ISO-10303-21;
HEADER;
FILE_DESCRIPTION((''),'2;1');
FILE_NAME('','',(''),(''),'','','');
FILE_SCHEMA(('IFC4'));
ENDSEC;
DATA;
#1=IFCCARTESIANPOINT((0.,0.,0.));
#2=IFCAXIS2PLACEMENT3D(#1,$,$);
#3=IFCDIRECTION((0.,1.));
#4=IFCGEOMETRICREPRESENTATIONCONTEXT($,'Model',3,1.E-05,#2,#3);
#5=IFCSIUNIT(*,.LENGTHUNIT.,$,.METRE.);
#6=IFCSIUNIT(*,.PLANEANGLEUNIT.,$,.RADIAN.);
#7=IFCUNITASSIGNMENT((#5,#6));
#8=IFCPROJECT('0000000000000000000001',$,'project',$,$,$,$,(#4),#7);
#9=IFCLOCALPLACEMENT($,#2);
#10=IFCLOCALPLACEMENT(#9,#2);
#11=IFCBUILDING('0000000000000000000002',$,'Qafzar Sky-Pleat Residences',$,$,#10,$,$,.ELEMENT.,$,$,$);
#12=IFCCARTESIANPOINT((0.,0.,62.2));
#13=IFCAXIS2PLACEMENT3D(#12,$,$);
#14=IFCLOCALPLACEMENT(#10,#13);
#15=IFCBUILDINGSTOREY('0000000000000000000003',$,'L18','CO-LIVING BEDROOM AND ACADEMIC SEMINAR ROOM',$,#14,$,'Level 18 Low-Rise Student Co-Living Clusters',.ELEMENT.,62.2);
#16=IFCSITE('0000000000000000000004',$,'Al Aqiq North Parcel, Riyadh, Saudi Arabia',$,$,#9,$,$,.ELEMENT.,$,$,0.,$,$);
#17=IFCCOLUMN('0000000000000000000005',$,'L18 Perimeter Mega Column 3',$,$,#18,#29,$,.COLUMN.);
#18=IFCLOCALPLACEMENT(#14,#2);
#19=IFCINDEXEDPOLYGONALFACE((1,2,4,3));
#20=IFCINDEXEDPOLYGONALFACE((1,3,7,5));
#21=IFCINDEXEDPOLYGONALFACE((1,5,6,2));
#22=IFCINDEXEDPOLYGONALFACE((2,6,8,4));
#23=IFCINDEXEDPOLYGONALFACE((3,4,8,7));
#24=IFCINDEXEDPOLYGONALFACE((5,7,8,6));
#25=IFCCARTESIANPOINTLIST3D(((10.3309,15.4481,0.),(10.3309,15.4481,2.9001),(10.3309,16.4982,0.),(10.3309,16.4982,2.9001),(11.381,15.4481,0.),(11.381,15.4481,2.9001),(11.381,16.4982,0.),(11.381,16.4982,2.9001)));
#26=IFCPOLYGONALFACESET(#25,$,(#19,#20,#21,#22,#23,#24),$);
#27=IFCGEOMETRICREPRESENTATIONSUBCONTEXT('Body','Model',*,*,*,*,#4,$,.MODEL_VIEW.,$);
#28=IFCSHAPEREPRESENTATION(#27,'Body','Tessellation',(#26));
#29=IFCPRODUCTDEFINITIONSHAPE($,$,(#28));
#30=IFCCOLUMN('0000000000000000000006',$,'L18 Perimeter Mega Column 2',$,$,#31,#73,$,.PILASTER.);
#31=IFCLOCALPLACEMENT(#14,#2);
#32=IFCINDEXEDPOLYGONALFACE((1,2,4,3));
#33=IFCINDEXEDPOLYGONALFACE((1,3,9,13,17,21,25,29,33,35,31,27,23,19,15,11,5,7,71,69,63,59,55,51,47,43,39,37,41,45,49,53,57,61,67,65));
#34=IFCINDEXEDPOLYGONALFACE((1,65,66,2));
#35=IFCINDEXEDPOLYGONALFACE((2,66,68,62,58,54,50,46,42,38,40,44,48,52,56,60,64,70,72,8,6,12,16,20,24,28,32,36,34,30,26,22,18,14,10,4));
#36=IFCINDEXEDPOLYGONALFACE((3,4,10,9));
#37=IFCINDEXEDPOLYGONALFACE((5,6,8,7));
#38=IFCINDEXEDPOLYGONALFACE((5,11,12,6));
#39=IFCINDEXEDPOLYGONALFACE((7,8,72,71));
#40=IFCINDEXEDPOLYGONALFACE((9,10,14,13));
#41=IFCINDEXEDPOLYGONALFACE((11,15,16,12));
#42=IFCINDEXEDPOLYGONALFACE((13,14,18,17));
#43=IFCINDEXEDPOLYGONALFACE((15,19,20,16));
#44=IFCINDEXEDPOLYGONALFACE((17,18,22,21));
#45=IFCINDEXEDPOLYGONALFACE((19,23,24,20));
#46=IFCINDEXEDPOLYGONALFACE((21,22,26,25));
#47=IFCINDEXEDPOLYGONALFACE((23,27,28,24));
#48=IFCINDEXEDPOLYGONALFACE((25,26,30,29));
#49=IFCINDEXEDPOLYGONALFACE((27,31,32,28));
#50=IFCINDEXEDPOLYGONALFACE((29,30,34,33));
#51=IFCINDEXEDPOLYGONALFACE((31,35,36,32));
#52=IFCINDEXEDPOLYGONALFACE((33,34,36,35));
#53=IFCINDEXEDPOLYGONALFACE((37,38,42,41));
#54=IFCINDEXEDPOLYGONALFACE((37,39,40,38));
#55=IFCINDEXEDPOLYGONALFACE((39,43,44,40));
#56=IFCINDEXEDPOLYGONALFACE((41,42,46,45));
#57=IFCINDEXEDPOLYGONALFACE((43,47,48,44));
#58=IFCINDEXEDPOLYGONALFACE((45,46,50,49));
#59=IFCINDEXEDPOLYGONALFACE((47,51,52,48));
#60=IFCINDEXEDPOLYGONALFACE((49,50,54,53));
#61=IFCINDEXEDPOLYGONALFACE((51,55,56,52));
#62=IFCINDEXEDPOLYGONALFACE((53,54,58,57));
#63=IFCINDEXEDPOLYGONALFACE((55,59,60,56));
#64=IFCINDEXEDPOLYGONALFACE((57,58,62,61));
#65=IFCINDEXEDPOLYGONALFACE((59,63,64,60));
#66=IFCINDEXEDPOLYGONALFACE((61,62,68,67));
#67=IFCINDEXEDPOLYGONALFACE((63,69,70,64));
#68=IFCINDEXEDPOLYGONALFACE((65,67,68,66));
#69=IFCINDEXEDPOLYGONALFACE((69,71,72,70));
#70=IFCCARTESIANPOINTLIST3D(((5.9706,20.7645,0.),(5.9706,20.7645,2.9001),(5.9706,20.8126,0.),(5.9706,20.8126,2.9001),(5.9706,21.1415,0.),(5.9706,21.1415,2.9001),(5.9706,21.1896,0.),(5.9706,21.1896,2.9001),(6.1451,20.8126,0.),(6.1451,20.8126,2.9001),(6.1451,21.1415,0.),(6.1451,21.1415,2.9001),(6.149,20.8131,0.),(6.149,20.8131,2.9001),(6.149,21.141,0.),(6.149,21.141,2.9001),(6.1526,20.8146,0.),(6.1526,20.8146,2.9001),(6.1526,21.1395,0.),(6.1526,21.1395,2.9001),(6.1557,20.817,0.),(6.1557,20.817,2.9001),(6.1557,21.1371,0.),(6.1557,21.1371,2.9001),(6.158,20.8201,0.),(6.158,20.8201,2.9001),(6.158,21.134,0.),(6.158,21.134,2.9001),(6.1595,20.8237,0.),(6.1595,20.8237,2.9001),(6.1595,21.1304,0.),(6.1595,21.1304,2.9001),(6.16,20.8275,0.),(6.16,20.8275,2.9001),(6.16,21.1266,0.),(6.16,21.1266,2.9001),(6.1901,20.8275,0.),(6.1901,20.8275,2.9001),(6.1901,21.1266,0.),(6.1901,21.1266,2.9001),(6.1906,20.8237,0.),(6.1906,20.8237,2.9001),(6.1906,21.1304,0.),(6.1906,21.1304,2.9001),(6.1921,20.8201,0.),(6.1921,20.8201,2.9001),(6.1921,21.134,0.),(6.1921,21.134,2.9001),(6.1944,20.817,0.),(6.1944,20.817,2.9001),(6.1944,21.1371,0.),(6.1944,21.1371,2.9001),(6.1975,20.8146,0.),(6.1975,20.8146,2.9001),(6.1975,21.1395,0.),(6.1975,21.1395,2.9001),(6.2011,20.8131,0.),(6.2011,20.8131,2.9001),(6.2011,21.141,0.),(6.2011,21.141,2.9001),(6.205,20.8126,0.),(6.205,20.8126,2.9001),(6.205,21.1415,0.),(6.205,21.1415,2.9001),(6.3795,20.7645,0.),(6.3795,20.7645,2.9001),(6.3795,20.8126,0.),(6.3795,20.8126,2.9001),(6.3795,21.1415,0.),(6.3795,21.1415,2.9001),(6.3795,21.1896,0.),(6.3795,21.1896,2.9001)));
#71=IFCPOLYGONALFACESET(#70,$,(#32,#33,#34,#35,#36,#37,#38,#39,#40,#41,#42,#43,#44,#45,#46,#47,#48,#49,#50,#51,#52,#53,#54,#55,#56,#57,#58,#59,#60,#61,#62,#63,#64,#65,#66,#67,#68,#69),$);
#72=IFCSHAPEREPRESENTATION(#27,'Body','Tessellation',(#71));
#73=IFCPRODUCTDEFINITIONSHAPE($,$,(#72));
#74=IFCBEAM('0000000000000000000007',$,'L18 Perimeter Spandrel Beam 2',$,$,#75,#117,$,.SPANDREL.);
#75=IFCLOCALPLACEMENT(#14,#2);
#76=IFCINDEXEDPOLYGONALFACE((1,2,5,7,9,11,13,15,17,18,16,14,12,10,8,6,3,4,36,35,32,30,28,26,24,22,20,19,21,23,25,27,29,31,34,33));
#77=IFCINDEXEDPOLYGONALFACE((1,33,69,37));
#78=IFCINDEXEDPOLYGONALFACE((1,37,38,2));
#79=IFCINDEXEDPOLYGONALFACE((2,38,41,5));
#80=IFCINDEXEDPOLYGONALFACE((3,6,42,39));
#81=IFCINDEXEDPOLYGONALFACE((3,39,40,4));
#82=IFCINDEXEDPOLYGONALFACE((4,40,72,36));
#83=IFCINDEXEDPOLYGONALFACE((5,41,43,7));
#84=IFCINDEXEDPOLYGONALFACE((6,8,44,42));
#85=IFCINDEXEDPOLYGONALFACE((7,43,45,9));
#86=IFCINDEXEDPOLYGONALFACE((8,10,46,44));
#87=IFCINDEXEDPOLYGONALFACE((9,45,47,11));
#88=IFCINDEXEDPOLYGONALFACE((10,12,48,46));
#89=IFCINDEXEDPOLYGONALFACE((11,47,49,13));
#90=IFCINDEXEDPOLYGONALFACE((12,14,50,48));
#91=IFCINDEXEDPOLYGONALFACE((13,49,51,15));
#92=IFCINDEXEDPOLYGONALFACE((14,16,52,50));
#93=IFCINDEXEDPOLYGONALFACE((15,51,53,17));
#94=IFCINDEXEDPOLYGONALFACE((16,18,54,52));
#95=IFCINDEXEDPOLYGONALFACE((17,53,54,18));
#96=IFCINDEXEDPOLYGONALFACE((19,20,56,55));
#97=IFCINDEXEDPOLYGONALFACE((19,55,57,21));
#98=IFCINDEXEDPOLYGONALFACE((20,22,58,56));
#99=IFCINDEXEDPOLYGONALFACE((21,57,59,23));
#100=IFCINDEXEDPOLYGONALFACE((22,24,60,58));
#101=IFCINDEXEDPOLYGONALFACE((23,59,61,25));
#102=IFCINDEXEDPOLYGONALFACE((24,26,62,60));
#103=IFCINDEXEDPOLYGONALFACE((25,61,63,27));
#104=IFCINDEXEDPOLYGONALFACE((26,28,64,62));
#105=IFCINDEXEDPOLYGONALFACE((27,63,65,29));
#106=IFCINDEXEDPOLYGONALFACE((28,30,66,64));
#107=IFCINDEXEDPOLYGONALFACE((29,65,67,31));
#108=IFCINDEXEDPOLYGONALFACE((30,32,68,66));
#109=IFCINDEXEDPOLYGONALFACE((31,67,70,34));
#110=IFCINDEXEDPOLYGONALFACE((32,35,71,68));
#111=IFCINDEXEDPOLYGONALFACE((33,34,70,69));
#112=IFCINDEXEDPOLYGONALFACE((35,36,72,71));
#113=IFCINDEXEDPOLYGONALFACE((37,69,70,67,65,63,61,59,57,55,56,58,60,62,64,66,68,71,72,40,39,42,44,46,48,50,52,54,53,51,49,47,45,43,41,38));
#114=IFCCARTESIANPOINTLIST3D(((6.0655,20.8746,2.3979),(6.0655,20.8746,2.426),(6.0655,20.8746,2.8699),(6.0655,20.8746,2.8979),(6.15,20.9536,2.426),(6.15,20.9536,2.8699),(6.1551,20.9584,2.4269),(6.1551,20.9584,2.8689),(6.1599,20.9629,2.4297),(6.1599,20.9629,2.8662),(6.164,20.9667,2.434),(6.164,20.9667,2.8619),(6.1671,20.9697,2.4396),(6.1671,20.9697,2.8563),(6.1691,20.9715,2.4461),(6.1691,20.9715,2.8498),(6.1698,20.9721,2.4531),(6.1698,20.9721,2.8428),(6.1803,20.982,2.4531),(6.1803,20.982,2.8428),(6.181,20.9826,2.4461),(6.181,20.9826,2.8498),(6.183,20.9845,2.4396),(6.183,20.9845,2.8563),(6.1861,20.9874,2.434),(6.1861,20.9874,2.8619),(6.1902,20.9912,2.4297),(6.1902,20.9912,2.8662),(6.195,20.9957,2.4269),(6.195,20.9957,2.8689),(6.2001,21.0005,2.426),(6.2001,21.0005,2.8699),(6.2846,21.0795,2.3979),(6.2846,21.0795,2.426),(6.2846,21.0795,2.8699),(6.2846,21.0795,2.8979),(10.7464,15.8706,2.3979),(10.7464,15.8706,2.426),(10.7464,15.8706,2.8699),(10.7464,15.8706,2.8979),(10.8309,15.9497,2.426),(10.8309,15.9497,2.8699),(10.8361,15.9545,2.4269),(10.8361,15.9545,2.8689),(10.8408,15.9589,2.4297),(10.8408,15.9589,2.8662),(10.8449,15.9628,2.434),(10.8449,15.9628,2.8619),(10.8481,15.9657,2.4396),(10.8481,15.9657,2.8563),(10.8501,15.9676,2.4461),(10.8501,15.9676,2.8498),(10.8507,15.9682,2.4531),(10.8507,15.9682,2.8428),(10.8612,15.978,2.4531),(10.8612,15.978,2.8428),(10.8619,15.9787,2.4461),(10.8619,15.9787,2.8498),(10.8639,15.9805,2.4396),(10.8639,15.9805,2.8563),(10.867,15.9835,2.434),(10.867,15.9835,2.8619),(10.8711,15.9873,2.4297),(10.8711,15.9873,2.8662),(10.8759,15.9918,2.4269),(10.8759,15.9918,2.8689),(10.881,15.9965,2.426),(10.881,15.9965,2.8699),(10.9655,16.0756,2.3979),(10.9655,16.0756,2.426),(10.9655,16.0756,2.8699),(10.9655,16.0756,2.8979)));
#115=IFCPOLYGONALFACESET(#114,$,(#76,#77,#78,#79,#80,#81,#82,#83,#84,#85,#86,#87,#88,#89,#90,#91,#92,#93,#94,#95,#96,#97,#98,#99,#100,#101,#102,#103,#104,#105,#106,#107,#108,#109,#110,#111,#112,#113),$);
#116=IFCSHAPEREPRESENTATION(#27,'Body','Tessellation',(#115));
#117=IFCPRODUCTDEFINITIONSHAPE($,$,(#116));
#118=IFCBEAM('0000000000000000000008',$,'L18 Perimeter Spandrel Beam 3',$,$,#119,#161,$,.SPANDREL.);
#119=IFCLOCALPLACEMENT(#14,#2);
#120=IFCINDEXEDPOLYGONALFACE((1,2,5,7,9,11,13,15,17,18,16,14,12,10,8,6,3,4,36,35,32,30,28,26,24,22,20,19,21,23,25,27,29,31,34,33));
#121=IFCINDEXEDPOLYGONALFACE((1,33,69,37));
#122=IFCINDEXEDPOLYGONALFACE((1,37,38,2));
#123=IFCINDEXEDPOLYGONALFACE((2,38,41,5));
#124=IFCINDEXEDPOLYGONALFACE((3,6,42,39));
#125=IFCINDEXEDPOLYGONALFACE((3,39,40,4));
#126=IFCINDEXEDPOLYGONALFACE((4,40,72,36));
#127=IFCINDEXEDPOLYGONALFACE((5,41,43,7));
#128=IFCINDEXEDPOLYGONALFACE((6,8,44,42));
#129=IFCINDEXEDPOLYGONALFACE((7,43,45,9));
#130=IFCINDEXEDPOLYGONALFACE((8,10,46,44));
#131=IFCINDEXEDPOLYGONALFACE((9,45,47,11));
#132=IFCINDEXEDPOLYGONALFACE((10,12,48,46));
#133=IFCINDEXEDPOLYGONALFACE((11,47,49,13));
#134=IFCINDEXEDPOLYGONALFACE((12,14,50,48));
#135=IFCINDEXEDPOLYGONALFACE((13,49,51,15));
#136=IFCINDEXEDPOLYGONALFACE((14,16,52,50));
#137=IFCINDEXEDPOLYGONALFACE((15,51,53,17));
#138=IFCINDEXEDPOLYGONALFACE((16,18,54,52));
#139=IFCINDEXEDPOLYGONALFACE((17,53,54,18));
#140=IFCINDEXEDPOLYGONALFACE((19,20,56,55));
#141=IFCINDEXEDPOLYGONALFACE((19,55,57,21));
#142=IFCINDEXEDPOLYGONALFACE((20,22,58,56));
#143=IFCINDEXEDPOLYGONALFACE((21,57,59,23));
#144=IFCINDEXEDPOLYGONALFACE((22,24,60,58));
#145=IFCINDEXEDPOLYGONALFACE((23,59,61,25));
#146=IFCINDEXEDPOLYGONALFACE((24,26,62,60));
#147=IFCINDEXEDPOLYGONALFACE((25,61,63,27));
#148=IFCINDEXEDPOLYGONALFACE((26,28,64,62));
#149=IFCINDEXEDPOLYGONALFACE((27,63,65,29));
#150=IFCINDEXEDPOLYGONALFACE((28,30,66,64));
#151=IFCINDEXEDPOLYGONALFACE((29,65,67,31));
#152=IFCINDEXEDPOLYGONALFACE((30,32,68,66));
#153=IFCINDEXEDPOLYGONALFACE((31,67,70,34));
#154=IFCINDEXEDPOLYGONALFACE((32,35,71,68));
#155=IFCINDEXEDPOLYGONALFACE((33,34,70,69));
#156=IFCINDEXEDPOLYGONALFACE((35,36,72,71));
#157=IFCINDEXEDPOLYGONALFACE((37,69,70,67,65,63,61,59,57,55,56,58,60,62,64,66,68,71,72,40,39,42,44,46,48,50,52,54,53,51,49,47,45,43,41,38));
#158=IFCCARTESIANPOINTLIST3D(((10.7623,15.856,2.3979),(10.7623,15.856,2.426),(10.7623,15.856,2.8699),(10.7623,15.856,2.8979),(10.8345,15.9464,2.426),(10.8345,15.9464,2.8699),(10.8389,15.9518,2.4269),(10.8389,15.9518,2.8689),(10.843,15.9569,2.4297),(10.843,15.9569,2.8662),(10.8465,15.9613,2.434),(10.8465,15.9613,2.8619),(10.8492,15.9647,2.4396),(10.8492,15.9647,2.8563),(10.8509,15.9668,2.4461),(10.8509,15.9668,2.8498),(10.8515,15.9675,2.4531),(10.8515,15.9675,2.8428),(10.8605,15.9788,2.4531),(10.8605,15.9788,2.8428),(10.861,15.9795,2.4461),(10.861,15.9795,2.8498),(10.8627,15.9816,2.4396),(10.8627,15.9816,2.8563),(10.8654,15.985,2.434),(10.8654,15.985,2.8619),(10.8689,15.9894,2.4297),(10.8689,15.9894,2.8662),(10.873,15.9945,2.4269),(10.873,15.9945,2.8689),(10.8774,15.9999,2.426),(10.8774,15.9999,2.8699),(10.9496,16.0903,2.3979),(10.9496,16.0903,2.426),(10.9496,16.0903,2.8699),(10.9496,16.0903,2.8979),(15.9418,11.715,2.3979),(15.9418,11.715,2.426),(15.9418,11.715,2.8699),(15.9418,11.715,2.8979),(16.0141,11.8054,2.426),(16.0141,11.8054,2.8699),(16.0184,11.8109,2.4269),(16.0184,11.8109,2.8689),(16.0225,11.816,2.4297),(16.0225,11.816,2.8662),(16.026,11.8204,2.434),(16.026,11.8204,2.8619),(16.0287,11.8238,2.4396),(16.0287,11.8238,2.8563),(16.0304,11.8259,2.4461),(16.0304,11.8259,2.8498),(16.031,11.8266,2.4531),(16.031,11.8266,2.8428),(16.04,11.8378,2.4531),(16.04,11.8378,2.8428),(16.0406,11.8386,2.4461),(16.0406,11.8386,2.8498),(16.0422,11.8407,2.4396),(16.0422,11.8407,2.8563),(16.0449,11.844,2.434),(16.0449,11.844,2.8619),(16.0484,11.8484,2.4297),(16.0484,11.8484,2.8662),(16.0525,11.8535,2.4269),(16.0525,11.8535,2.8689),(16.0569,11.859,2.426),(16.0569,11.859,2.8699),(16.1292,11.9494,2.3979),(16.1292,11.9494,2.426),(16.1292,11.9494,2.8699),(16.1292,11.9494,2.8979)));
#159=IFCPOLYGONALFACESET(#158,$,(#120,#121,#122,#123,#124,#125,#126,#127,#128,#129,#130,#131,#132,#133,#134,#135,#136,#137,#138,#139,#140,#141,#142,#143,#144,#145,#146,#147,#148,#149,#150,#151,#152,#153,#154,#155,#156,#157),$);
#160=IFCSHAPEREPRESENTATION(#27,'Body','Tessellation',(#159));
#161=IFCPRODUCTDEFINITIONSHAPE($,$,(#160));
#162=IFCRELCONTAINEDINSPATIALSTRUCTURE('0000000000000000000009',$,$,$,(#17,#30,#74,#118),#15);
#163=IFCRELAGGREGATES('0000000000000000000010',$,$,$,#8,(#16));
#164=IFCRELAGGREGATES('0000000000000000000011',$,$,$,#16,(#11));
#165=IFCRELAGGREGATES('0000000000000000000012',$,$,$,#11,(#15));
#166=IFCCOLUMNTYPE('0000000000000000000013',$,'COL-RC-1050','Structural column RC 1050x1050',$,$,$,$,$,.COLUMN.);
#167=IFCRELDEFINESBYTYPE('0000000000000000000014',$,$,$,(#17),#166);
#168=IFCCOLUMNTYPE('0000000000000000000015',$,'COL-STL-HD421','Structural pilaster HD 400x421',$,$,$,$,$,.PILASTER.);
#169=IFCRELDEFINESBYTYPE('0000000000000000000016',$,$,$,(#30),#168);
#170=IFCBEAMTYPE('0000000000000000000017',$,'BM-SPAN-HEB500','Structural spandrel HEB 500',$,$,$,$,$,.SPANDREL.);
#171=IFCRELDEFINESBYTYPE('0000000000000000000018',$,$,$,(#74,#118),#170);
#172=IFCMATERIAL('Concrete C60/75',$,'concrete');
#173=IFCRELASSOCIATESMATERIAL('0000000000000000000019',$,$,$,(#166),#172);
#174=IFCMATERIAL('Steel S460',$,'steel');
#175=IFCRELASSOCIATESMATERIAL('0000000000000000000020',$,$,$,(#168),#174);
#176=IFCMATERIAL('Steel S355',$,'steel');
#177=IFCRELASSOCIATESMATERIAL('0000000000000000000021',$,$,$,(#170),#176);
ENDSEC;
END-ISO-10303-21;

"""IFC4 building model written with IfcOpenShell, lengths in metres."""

from ifc_helpers import new_model, si_unit, direction, frame, origin, origin_2d, place, context, subcontext, project, spatial, rectangle, i_section, extrude, source, transform, mapped, material, material_profile, profile_set, type_object, element, save


model = new_model("IFC4")

# Units and contexts
model_context = context("Model", 3, precision=1e-05, world=origin(), true_north=direction((0.0, 1.0)))
body_context = subcontext(model_context, "Body", "Model", "MODEL_VIEW")
ifc_project = project(units=[si_unit("LENGTHUNIT", "METRE"), si_unit("PLANEANGLEUNIT", "RADIAN")], contexts=[model_context])

# Site, building, storey
site_placement = place(None, origin())
site = spatial("IfcSite", under=ifc_project, at=site_placement, Name="Al Aqiq North Parcel, Riyadh, Saudi Arabia", CompositionType="ELEMENT", RefElevation=0.0)
building_placement = place(site_placement, origin())
building = spatial("IfcBuilding", under=site, at=building_placement, Name="Qafzar Sky-Pleat Residences", CompositionType="ELEMENT")
storey_placement = place(building_placement, frame((0.0, 0.0, 62.2)))
storey = spatial("IfcBuildingStorey", under=building, at=storey_placement, Name="L18", Description="CO-LIVING BEDROOM AND ACADEMIC SEMINAR ROOM", LongName="Level 18 Low-Rise Student Co-Living Clusters", CompositionType="ELEMENT", Elevation=62.2)

# Columns
ifc_material_1 = material(Name="Concrete C60/75", Category="concrete")
ifc_material_profile_1 = material_profile(ifc_material_1, rectangle(XDim=1.05, YDim=1.05, at=origin_2d()), Name="RC 1050x1050")
ifc_profile_set_1 = profile_set([ifc_material_profile_1], Name="Concrete C60/75")
column_type_1 = type_object("IfcColumnType", Name="COL-RC-1050", Description="Structural column RC 1050x1050", PredefinedType="COLUMN", material=ifc_profile_set_1)
shared_shape_1 = source(origin(), body_context, "Body", "SweptSolid", [
    extrude(rectangle(XDim=1.05, YDim=1.05, at=origin_2d()), origin(), (0.0, 0.0, 1.0), 2.9001),
])
column_1_placement = place(storey_placement, frame((10.856, 15.9731, 0.0), z_axis=(0.0, 0.0, 1.0), x_axis=(1.0, 0.0, 0.0)))
element("IfcColumn", 1, at=column_1_placement, inside=storey, type_object=column_type_1, Name="L18 Perimeter Mega Column 3", PredefinedType="COLUMN", context=body_context, shape_type="MappedRepresentation", body=[
    mapped(shared_shape_1, transform((0.0, 0.0, 0.0), x_axis=(1.0, 0.0, 0.0), y_axis=(0.0, 1.0, 0.0), z_axis=(0.0, 0.0, 1.0), scale=1.0)),
])
ifc_material_2 = material(Name="Steel S460", Category="steel")
ifc_material_profile_2 = material_profile(ifc_material_2, i_section(OverallWidth=0.4089, OverallDepth=0.425, WebThickness=0.03, FlangeThickness=0.0481, FilletRadius=0.0149, at=origin_2d()), Name="HD 400x421")
ifc_profile_set_2 = profile_set([ifc_material_profile_2], Name="Steel S460")
column_type_2 = type_object("IfcColumnType", Name="COL-STL-HD421", Description="Structural pilaster HD 400x421", PredefinedType="PILASTER", material=ifc_profile_set_2)
shared_shape_2 = source(origin(), body_context, "Body", "SweptSolid", [
    extrude(i_section(OverallWidth=0.4089, OverallDepth=0.425, WebThickness=0.03, FlangeThickness=0.0481, FilletRadius=0.0149, at=origin_2d()), origin(), (0.0, 0.0, 1.0), 2.9001),
])
column_2_placement = place(storey_placement, frame((6.175, 20.9771, 0.0), z_axis=(0.0, 0.0, 1.0), x_axis=(1.0, 0.0, 0.0)))
element("IfcColumn", 2, at=column_2_placement, inside=storey, type_object=column_type_2, Name="L18 Perimeter Mega Column 2", PredefinedType="PILASTER", context=body_context, shape_type="MappedRepresentation", body=[
    mapped(shared_shape_2, transform((0.0, 0.0, 0.0), x_axis=(1.0, 0.0, 0.0), y_axis=(0.0, 1.0, 0.0), z_axis=(0.0, 0.0, 1.0), scale=1.0)),
])

# Beams
ifc_material_3 = material(Name="Steel S355", Category="steel")
ifc_material_profile_3 = material_profile(ifc_material_3, i_section(OverallWidth=0.3, OverallDepth=0.5, WebThickness=0.0144, FlangeThickness=0.0281, FilletRadius=0.0271, at=origin_2d()), Name="HEB 500")
ifc_profile_set_3 = profile_set([ifc_material_profile_3], Name="Steel S355")
beam_type_1 = type_object("IfcBeamType", Name="BM-SPAN-HEB500", Description="Structural spandrel HEB 500", PredefinedType="SPANDREL", material=ifc_profile_set_3)
shared_shape_3 = source(origin(), body_context, "Body", "SweptSolid", [
    extrude(i_section(OverallWidth=0.3, OverallDepth=0.5, WebThickness=0.0144, FlangeThickness=0.0281, FilletRadius=0.0271, at=origin_2d()), origin(), (0.0, 0.0, 1.0), 6.8521),
])
beam_1_placement = place(storey_placement, frame((6.175, 20.9771, 2.6479), z_axis=(0.683144, -0.730283, 0.0), x_axis=(0.730283, 0.683144, 0.0)))
element("IfcBeam", 3, at=beam_1_placement, inside=storey, type_object=beam_type_1, Name="L18 Perimeter Spandrel Beam 2", PredefinedType="SPANDREL", context=body_context, shape_type="MappedRepresentation", body=[
    mapped(shared_shape_3, transform((0.0, 0.0, 0.0), x_axis=(1.0, 0.0, 0.0), y_axis=(0.0, 1.0, 0.0), z_axis=(0.0, 0.0, 1.0), scale=1.0)),
])
shared_shape_4 = source(origin(), body_context, "Body", "SweptSolid", [
    extrude(i_section(OverallWidth=0.3, OverallDepth=0.5, WebThickness=0.0144, FlangeThickness=0.0281, FilletRadius=0.0271, at=origin_2d()), origin(), (0.0, 0.0, 1.0), 6.6313),
])
beam_2_placement = place(storey_placement, frame((10.856, 15.9731, 2.6479), z_axis=(0.781066, -0.624448, 0.0), x_axis=(0.624448, 0.781066, 0.0)))
element("IfcBeam", 4, at=beam_2_placement, inside=storey, type_object=beam_type_1, Name="L18 Perimeter Spandrel Beam 3", PredefinedType="SPANDREL", context=body_context, shape_type="MappedRepresentation", body=[
    mapped(shared_shape_4, transform((0.0, 0.0, 0.0), x_axis=(1.0, 0.0, 0.0), y_axis=(0.0, 1.0, 0.0), z_axis=(0.0, 0.0, 1.0), scale=1.0)),
])

save(model, "model.ifc")
